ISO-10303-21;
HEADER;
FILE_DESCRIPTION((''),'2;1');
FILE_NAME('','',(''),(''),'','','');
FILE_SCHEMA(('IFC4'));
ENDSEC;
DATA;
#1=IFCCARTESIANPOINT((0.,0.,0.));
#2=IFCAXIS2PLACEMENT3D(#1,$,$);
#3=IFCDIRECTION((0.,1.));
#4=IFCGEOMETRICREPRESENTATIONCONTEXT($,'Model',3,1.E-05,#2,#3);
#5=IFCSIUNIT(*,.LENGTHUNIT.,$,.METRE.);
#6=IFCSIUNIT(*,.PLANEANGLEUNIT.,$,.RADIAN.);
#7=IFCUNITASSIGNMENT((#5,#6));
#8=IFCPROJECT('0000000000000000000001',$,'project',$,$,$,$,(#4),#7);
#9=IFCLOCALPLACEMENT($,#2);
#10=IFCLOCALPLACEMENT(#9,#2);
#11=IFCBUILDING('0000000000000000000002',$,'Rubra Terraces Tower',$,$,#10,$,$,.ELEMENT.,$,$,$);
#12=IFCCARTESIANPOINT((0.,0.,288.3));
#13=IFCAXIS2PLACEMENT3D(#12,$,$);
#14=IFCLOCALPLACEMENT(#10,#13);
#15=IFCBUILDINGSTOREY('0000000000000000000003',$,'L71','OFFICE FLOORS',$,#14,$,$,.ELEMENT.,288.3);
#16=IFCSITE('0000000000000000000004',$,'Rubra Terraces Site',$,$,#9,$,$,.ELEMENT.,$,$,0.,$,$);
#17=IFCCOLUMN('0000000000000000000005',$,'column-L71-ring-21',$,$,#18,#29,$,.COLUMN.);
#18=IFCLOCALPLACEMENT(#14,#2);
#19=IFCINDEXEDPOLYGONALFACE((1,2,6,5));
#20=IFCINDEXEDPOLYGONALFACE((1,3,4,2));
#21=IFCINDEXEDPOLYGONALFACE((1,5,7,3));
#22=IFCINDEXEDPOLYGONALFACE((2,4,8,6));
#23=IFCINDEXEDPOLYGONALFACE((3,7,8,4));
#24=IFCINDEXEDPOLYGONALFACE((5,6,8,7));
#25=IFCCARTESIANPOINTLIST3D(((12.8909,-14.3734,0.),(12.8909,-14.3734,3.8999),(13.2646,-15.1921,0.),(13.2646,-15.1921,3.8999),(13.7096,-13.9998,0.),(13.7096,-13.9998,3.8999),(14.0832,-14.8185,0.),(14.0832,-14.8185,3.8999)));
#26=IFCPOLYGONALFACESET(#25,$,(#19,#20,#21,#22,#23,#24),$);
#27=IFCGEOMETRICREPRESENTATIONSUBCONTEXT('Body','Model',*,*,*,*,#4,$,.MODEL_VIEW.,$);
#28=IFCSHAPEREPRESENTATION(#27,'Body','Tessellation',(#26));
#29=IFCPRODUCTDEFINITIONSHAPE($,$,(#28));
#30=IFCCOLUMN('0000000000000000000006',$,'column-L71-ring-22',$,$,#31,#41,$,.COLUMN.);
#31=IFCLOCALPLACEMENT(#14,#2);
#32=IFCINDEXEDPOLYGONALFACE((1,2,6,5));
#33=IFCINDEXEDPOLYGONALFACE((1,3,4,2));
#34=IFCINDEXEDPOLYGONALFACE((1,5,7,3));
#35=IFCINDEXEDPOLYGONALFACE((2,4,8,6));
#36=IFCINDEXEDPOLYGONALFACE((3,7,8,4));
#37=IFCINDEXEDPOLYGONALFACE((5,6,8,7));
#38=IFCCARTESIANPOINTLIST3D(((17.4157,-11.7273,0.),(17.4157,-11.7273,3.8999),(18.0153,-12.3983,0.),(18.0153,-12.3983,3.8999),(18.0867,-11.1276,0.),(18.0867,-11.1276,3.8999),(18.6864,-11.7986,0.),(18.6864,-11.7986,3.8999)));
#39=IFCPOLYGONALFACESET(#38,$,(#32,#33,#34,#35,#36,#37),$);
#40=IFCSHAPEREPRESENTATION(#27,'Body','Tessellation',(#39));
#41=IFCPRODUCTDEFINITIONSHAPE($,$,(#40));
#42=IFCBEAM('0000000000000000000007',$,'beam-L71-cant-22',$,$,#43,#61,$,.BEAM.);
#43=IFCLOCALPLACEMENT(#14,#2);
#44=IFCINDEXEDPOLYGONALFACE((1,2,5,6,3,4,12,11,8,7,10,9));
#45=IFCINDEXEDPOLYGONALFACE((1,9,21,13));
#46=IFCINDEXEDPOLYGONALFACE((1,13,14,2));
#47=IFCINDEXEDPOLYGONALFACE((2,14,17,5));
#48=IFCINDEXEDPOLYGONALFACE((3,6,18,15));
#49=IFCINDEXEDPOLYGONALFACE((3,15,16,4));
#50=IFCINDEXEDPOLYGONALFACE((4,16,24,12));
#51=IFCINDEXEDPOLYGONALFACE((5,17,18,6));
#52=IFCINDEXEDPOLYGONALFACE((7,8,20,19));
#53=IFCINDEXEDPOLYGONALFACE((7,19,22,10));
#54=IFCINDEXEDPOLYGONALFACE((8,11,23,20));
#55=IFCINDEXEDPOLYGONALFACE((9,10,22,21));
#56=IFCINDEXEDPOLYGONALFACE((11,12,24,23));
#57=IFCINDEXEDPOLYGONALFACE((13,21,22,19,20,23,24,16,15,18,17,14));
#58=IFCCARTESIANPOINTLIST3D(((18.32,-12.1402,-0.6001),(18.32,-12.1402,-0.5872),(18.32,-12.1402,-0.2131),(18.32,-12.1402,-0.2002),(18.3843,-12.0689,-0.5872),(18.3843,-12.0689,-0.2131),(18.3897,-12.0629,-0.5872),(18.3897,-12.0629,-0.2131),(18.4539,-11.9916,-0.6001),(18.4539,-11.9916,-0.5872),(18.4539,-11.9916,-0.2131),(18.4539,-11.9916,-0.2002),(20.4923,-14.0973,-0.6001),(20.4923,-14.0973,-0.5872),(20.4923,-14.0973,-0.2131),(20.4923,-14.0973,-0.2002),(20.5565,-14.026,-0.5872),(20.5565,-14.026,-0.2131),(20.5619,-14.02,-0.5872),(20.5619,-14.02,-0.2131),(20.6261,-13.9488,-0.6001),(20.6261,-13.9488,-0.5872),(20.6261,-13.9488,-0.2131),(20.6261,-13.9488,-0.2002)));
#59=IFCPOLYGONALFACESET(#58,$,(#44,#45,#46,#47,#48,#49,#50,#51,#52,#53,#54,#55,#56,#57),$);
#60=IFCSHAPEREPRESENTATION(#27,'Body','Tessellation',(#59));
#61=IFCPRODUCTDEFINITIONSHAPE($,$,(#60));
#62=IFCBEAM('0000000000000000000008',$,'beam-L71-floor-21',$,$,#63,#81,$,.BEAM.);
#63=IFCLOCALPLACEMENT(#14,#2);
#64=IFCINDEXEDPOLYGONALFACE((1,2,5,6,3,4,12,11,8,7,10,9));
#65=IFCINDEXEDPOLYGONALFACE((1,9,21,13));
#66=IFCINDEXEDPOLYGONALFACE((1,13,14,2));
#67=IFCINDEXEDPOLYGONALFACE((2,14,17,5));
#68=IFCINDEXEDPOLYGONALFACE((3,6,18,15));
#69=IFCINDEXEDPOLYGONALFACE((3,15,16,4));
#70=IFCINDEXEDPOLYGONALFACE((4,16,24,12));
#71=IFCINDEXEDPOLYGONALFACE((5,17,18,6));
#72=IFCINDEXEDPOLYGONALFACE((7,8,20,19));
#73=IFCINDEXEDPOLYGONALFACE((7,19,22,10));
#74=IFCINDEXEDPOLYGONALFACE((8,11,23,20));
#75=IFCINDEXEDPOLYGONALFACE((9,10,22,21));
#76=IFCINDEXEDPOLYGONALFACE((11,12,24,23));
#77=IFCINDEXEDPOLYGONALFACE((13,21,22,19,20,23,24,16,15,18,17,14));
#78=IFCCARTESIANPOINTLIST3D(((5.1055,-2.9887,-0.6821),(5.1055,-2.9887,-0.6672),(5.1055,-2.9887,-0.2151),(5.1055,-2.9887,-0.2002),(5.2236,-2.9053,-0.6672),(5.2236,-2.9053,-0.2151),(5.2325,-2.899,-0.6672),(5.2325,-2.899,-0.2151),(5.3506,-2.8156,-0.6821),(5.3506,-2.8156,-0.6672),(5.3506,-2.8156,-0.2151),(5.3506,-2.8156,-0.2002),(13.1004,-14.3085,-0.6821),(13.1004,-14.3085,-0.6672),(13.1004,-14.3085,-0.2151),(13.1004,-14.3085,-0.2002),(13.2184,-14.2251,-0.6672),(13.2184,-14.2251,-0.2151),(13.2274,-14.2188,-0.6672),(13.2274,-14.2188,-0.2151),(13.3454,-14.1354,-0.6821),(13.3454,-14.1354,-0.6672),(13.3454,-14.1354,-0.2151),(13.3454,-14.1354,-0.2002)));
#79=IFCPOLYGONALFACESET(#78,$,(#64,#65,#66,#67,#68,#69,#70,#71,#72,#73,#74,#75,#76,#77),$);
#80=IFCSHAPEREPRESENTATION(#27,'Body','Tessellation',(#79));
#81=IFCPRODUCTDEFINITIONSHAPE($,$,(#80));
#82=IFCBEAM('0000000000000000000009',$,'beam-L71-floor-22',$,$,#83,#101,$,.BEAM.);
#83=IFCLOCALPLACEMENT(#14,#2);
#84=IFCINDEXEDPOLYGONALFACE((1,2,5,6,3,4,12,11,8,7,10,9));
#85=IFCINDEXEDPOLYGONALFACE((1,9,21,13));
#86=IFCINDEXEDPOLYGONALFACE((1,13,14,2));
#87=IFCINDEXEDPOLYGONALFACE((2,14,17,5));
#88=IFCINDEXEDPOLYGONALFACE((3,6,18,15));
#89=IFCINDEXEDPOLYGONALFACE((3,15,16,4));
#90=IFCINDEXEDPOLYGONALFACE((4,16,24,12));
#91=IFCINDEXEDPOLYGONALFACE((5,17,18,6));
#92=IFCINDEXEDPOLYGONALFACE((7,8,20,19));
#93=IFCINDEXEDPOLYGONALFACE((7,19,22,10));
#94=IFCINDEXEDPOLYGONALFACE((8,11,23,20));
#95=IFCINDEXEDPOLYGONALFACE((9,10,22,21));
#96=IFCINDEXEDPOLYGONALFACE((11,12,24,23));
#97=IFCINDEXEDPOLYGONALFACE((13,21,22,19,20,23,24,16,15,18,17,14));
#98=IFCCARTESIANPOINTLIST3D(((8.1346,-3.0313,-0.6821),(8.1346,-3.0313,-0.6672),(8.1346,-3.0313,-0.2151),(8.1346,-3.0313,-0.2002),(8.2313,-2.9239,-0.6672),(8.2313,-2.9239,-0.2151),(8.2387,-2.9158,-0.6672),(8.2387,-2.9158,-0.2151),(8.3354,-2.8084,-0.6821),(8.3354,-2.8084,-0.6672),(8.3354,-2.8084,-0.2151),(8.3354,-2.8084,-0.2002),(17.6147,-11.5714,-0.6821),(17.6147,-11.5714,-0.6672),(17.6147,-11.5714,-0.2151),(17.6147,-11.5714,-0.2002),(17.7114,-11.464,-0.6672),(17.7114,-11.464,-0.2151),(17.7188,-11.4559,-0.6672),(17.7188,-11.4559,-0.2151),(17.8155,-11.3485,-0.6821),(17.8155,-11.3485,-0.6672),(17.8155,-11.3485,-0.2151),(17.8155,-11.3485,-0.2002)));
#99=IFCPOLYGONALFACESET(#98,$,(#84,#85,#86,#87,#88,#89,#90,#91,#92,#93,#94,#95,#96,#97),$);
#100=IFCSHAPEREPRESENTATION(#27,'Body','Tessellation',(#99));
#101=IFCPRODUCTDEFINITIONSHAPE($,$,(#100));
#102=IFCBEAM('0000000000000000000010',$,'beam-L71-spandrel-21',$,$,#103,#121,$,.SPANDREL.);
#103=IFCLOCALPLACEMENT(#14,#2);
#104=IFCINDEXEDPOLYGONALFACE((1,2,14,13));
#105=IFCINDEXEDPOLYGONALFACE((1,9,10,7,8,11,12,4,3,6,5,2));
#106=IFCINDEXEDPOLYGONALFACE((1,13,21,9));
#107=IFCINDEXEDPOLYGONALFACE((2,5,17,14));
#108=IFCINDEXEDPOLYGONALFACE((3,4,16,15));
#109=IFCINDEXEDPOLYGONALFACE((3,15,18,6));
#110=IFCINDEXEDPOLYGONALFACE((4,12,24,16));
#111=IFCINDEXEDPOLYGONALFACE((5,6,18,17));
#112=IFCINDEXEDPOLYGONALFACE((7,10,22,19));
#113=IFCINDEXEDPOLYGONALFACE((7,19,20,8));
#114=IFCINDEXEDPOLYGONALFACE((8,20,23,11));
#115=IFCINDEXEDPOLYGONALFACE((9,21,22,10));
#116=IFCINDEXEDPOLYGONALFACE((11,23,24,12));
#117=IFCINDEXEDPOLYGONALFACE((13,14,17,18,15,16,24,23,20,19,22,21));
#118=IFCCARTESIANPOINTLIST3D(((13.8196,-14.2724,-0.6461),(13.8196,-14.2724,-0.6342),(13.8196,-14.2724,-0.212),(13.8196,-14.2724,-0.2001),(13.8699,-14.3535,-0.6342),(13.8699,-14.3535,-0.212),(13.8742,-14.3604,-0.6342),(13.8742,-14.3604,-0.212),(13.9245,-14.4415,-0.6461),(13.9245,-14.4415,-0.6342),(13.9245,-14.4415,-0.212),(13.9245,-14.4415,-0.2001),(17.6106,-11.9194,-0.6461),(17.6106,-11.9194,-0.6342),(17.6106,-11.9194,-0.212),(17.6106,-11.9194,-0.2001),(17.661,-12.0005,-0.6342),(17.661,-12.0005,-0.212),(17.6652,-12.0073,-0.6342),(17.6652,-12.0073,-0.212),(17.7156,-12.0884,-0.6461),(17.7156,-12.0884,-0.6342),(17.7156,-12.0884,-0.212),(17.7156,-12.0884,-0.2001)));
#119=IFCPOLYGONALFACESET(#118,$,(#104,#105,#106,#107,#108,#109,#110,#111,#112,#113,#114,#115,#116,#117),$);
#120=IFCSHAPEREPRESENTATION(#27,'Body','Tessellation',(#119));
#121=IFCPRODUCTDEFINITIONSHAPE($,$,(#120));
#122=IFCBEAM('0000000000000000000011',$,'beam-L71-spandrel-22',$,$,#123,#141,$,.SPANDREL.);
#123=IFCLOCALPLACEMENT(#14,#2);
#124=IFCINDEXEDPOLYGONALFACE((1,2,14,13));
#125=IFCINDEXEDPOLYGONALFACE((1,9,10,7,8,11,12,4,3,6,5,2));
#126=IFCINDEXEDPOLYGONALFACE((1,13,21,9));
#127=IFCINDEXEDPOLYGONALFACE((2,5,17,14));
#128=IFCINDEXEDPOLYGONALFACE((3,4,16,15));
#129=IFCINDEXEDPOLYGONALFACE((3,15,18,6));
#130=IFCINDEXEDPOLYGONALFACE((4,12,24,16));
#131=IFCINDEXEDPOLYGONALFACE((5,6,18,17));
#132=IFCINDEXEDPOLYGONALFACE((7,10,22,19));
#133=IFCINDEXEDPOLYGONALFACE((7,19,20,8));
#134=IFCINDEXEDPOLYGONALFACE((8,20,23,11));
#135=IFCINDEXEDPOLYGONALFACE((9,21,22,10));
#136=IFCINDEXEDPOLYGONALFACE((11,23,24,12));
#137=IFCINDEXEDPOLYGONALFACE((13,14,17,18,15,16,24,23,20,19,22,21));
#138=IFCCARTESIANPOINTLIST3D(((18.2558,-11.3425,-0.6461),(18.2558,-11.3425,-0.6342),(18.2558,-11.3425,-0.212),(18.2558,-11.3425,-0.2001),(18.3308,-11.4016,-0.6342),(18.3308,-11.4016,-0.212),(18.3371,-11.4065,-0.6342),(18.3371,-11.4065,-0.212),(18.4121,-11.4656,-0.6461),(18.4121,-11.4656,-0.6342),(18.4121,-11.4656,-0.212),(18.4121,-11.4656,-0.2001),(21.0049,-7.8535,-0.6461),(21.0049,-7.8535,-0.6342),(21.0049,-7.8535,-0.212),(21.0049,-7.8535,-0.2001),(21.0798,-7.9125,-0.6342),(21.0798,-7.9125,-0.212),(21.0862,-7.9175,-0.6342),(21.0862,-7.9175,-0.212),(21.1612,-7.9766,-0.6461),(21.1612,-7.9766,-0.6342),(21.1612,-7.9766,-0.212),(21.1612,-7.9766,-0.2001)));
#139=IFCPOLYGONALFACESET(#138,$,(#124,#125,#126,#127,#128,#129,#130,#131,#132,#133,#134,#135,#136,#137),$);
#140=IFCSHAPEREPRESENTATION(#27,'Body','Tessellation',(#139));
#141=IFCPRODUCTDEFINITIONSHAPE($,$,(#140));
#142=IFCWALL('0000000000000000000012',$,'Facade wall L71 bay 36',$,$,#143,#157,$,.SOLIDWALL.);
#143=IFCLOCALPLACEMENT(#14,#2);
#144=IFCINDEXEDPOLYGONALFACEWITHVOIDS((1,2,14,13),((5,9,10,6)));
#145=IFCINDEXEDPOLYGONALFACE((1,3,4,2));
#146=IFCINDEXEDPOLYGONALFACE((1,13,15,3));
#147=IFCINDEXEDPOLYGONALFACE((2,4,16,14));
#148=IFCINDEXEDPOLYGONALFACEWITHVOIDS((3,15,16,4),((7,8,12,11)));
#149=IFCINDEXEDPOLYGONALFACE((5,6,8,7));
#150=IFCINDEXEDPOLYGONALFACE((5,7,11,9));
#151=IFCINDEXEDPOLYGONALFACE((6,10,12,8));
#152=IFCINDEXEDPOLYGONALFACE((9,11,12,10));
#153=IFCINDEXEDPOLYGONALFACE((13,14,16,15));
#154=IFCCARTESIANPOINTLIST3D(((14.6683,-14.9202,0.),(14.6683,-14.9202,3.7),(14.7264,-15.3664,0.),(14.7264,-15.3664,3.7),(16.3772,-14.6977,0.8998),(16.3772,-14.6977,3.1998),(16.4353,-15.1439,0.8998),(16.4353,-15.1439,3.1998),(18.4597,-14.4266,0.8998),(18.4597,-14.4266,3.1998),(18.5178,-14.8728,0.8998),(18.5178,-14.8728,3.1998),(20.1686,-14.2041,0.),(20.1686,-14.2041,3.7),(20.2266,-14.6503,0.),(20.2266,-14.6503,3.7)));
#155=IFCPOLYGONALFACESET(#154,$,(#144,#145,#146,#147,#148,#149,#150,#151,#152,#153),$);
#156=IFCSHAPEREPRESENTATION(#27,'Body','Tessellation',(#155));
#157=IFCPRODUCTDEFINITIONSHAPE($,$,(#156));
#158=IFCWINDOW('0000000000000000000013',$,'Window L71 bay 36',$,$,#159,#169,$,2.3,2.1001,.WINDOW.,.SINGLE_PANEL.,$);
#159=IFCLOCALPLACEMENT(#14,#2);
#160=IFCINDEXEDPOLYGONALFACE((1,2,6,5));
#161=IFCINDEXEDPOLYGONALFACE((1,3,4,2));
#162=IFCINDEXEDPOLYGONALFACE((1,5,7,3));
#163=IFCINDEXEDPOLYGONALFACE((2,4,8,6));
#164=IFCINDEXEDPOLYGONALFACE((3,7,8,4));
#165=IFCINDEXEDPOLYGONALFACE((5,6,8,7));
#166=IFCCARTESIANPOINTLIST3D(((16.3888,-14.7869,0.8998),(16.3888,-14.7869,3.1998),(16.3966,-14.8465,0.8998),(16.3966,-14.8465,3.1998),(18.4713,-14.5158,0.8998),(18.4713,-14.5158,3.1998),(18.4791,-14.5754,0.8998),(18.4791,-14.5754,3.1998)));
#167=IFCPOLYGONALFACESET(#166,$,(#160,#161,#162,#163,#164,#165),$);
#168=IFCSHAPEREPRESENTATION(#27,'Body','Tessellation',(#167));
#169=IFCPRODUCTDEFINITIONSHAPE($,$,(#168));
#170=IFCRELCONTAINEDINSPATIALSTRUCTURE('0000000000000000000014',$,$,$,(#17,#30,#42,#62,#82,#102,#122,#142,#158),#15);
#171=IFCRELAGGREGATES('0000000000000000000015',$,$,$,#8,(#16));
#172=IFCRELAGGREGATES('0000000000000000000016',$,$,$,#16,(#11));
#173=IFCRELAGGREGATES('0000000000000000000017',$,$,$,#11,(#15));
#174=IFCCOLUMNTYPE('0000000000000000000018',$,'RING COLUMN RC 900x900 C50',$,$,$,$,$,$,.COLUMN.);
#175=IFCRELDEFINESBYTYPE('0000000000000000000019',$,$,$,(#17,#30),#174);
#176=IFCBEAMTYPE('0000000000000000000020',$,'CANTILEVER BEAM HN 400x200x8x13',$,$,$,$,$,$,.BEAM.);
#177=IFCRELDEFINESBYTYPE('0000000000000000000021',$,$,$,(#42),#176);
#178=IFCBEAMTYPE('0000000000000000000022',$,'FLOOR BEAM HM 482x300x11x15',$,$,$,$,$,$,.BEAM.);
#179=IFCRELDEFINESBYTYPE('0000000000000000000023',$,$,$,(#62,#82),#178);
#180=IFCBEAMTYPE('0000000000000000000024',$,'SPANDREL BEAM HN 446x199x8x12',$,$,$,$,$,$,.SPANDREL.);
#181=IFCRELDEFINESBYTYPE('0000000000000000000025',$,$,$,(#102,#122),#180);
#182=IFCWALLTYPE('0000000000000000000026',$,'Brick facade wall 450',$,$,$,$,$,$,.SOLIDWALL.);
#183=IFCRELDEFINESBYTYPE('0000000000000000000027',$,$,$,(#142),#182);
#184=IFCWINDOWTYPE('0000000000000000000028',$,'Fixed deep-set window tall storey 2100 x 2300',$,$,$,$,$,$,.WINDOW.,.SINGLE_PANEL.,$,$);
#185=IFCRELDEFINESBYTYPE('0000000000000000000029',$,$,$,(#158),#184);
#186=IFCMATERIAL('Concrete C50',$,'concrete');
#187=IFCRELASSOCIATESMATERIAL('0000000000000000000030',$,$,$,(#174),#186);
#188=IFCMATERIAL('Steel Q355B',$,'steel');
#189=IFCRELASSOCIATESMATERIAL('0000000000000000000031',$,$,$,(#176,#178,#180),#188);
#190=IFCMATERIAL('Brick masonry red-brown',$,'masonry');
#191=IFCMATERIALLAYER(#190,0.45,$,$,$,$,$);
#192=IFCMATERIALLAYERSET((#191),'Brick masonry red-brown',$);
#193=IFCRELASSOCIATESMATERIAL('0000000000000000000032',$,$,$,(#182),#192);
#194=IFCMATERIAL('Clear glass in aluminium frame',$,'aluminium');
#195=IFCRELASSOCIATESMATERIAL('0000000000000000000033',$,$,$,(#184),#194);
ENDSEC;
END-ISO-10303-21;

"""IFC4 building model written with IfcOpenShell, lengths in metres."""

from ifc_helpers import new_model, si_unit, direction, frame, frame_2d, origin, origin_2d, place, context, subcontext, project, spatial, rectangle, i_section, extrude, material, layer, layer_set, material_profile, profile_set, type_object, element, fill, save


model = new_model("IFC4")

# Units and contexts
model_context = context("Model", 3, precision=1e-05, world=origin(), true_north=direction((0.0, 1.0)))
body_context = subcontext(model_context, "Body", "Model", "MODEL_VIEW")
ifc_project = project(units=[si_unit("LENGTHUNIT", "METRE"), si_unit("PLANEANGLEUNIT", "RADIAN")], contexts=[model_context])

# Site, building, storey
site_placement = place(None, origin())
site = spatial("IfcSite", under=ifc_project, at=site_placement, Name="Rubra Terraces Site", CompositionType="ELEMENT", RefElevation=0.0)
building_placement = place(site_placement, origin())
building = spatial("IfcBuilding", under=site, at=building_placement, Name="Rubra Terraces Tower", CompositionType="ELEMENT")
storey_placement = place(building_placement, frame((0.0, 0.0, 288.3)))
storey = spatial("IfcBuildingStorey", under=building, at=storey_placement, Name="L71", Description="OFFICE FLOORS", CompositionType="ELEMENT", Elevation=288.3)

# Columns
ifc_material_1 = material(Name="Concrete C50", Category="concrete")
ifc_material_profile_1 = material_profile(ifc_material_1, rectangle(XDim=0.8999, YDim=0.8999, at=origin_2d()), Name="RC 900x900")
ifc_profile_set_1 = profile_set([ifc_material_profile_1], Name="Concrete C50")
column_type = type_object("IfcColumnType", Name="RING COLUMN RC 900x900 C50", PredefinedType="COLUMN", material=ifc_profile_set_1)
for number, where, z_axis, x_axis, name in (
    (1, (13.4871, -14.5959, 0.0), (0.0, 0.0, 1.0), (0.909726, 0.415208, 0.0), "column-L71-ring-21"),
    (2, (18.051, -11.7629, 0.0), (0.0, 0.0, 1.0), (0.745642, 0.666347, 0.0), "column-L71-ring-22"),
):
    element("IfcColumn", number, at=place(storey_placement, frame(where, z_axis=z_axis, x_axis=x_axis)), inside=storey, type_object=column_type, Name=name, PredefinedType="COLUMN", context=body_context, shape_type="SweptSolid", body=[
        extrude(rectangle(XDim=0.8999, YDim=0.8999, at=origin_2d()), origin(), (0.0, 0.0, 1.0), 3.8999),
    ])

# Beams
ifc_material_2 = material(Name="Steel Q355B", Category="steel")
ifc_material_profile_2 = material_profile(ifc_material_2, i_section(OverallWidth=0.2, OverallDepth=0.3999, WebThickness=0.0081, FlangeThickness=0.0129, at=origin_2d()), Name="HN 400x200x8x13")
ifc_profile_set_2 = profile_set([ifc_material_profile_2], Name="Steel Q355B")
beam_type_1 = type_object("IfcBeamType", Name="CANTILEVER BEAM HN 400x200x8x13", PredefinedType="BEAM", material=ifc_profile_set_2)
beam_1_placement = place(storey_placement, frame((18.387, -12.0659, -0.4001), z_axis=(0.742933, -0.669366, 0.0), x_axis=(0.669366, 0.742933, 0.0)))
element("IfcBeam", 3, at=beam_1_placement, inside=storey, type_object=beam_type_1, Name="beam-L71-cant-22", PredefinedType="BEAM", context=body_context, shape_type="SweptSolid", body=[
    extrude(i_section(OverallWidth=0.2, OverallDepth=0.3999, WebThickness=0.0081, FlangeThickness=0.0129, at=origin_2d()), origin(), (0.0, 0.0, 1.0), 2.9238),
])
ifc_material_profile_3 = material_profile(ifc_material_2, i_section(OverallWidth=0.3, OverallDepth=0.4819, WebThickness=0.011, FlangeThickness=0.0149, at=origin_2d()), Name="HM 482x300x11x15")
ifc_profile_set_3 = profile_set([ifc_material_profile_3], Name="Steel Q355B")
beam_type_2 = type_object("IfcBeamType", Name="FLOOR BEAM HM 482x300x11x15", PredefinedType="BEAM", material=ifc_profile_set_3)
beam_2_placement = place(storey_placement, frame((13.2229, -14.2219, -0.4412), z_axis=(-0.576896, 0.816818, 0.0), x_axis=(-0.816818, -0.576896, 0.0)))
element("IfcBeam", 4, at=beam_2_placement, inside=storey, type_object=beam_type_2, Name="beam-L71-floor-21", PredefinedType="BEAM", context=body_context, shape_type="SweptSolid", body=[
    extrude(i_section(OverallWidth=0.3, OverallDepth=0.4819, WebThickness=0.011, FlangeThickness=0.0149, at=origin_2d()), origin(), (0.0, 0.0, 1.0), 13.8584),
])
beam_3_placement = place(storey_placement, frame((17.7151, -11.46, -0.4412), z_axis=(-0.74298, 0.669314, 0.0), x_axis=(-0.669314, -0.74298, 0.0)))
element("IfcBeam", 5, at=beam_3_placement, inside=storey, type_object=beam_type_2, Name="beam-L71-floor-22", PredefinedType="BEAM", context=body_context, shape_type="SweptSolid", body=[
    extrude(i_section(OverallWidth=0.3, OverallDepth=0.4819, WebThickness=0.011, FlangeThickness=0.0149, at=origin_2d()), origin(), (0.0, 0.0, 1.0), 12.7595),
])
ifc_material_profile_4 = material_profile(ifc_material_2, i_section(OverallWidth=0.199, OverallDepth=0.446, WebThickness=0.0081, FlangeThickness=0.012, at=origin_2d()), Name="HN 446x199x8x12")
ifc_profile_set_4 = profile_set([ifc_material_profile_4], Name="Steel Q355B")
beam_type_3 = type_object("IfcBeamType", Name="SPANDREL BEAM HN 446x199x8x12", PredefinedType="SPANDREL", material=ifc_profile_set_4)
beam_4_placement = place(storey_placement, frame((13.8721, -14.3569, -0.4231), z_axis=(0.849642, 0.52736, 0.0), x_axis=(-0.52736, 0.849642, 0.0)))
element("IfcBeam", 6, at=beam_4_placement, inside=storey, type_object=beam_type_3, Name="beam-L71-spandrel-21", PredefinedType="SPANDREL", context=body_context, shape_type="SweptSolid", body=[
    extrude(i_section(OverallWidth=0.199, OverallDepth=0.446, WebThickness=0.0081, FlangeThickness=0.012, at=origin_2d()), origin(), (0.0, 0.0, 1.0), 4.4619),
])
beam_5_placement = place(storey_placement, frame((18.334, -11.4041, -0.4231), z_axis=(0.618887, 0.78548, 0.0), x_axis=(-0.78548, 0.618887, 0.0)))
element("IfcBeam", 7, at=beam_5_placement, inside=storey, type_object=beam_type_3, Name="beam-L71-spandrel-22", PredefinedType="SPANDREL", context=body_context, shape_type="SweptSolid", body=[
    extrude(i_section(OverallWidth=0.199, OverallDepth=0.446, WebThickness=0.0081, FlangeThickness=0.012, at=origin_2d()), origin(), (0.0, 0.0, 1.0), 4.4419),
])

# Wall, opening, window
ifc_material_3 = material(Name="Brick masonry red-brown", Category="masonry")
ifc_layer_1 = layer(ifc_material_3, 0.45)
ifc_layer_set_1 = layer_set([ifc_layer_1], Name="Brick masonry red-brown")
wall_type_1 = type_object("IfcWallType", Name="Brick facade wall 450", PredefinedType="SOLIDWALL", material=ifc_layer_set_1)
wall_1_placement = place(storey_placement, frame((14.6973, -15.1433, 0.0), z_axis=(0.0, 0.0, 1.0), x_axis=(0.991632, 0.129098, 0.0)))
wall_1 = element("IfcWall", 8, at=wall_1_placement, inside=storey, type_object=wall_type_1, Name="Facade wall L71 bay 36", PredefinedType="SOLIDWALL", context=body_context, shape_type="SweptSolid", body=[
    extrude(rectangle(XDim=5.5466, YDim=0.45, at=frame_2d((2.7734, 0.0))), origin(), (0.0, 0.0, 1.0), 3.7),
])
opening_1_placement = place(wall_1_placement, frame((1.7234, 0.0, 0.8999)))
opening_1 = element("IfcOpeningElement", 9, at=opening_1_placement, cuts=wall_1, PredefinedType="OPENING", context=body_context, shape_type="SweptSolid", body=[
    extrude(rectangle(XDim=2.1001, YDim=2.3, at=frame_2d((1.05, 1.1499))), frame((0.0, 0.2349, 0.0), z_axis=(0.0, -1.0, 0.0), x_axis=(1.0, 0.0, 0.0)), (0.0, 0.0, 1.0), 0.47),
])
ifc_material_4 = material(Name="Clear glass in aluminium frame", Category="aluminium")
window_type = type_object("IfcWindowType", Name="Fixed deep-set window tall storey 2100 x 2300", PartitioningType="SINGLE_PANEL", PredefinedType="WINDOW", material=ifc_material_4)
window_1_placement = place(opening_1_placement, origin())
window_1 = element("IfcWindow", 10, at=window_1_placement, inside=storey, type_object=window_type, Name="Window L71 bay 36", OverallHeight=2.3, OverallWidth=2.1001, PartitioningType="SINGLE_PANEL", PredefinedType="WINDOW", context=body_context, shape_type="SweptSolid", body=[
    extrude(rectangle(XDim=2.1001, YDim=2.3, at=frame_2d((1.05, 1.1499))), frame((0.0, 0.135, 0.0), z_axis=(0.0, -1.0, 0.0), x_axis=(1.0, 0.0, 0.0)), (0.0, 0.0, 1.0), 0.0601),
])
fill(opening_1, window_1)

save(model, "model.ifc")
